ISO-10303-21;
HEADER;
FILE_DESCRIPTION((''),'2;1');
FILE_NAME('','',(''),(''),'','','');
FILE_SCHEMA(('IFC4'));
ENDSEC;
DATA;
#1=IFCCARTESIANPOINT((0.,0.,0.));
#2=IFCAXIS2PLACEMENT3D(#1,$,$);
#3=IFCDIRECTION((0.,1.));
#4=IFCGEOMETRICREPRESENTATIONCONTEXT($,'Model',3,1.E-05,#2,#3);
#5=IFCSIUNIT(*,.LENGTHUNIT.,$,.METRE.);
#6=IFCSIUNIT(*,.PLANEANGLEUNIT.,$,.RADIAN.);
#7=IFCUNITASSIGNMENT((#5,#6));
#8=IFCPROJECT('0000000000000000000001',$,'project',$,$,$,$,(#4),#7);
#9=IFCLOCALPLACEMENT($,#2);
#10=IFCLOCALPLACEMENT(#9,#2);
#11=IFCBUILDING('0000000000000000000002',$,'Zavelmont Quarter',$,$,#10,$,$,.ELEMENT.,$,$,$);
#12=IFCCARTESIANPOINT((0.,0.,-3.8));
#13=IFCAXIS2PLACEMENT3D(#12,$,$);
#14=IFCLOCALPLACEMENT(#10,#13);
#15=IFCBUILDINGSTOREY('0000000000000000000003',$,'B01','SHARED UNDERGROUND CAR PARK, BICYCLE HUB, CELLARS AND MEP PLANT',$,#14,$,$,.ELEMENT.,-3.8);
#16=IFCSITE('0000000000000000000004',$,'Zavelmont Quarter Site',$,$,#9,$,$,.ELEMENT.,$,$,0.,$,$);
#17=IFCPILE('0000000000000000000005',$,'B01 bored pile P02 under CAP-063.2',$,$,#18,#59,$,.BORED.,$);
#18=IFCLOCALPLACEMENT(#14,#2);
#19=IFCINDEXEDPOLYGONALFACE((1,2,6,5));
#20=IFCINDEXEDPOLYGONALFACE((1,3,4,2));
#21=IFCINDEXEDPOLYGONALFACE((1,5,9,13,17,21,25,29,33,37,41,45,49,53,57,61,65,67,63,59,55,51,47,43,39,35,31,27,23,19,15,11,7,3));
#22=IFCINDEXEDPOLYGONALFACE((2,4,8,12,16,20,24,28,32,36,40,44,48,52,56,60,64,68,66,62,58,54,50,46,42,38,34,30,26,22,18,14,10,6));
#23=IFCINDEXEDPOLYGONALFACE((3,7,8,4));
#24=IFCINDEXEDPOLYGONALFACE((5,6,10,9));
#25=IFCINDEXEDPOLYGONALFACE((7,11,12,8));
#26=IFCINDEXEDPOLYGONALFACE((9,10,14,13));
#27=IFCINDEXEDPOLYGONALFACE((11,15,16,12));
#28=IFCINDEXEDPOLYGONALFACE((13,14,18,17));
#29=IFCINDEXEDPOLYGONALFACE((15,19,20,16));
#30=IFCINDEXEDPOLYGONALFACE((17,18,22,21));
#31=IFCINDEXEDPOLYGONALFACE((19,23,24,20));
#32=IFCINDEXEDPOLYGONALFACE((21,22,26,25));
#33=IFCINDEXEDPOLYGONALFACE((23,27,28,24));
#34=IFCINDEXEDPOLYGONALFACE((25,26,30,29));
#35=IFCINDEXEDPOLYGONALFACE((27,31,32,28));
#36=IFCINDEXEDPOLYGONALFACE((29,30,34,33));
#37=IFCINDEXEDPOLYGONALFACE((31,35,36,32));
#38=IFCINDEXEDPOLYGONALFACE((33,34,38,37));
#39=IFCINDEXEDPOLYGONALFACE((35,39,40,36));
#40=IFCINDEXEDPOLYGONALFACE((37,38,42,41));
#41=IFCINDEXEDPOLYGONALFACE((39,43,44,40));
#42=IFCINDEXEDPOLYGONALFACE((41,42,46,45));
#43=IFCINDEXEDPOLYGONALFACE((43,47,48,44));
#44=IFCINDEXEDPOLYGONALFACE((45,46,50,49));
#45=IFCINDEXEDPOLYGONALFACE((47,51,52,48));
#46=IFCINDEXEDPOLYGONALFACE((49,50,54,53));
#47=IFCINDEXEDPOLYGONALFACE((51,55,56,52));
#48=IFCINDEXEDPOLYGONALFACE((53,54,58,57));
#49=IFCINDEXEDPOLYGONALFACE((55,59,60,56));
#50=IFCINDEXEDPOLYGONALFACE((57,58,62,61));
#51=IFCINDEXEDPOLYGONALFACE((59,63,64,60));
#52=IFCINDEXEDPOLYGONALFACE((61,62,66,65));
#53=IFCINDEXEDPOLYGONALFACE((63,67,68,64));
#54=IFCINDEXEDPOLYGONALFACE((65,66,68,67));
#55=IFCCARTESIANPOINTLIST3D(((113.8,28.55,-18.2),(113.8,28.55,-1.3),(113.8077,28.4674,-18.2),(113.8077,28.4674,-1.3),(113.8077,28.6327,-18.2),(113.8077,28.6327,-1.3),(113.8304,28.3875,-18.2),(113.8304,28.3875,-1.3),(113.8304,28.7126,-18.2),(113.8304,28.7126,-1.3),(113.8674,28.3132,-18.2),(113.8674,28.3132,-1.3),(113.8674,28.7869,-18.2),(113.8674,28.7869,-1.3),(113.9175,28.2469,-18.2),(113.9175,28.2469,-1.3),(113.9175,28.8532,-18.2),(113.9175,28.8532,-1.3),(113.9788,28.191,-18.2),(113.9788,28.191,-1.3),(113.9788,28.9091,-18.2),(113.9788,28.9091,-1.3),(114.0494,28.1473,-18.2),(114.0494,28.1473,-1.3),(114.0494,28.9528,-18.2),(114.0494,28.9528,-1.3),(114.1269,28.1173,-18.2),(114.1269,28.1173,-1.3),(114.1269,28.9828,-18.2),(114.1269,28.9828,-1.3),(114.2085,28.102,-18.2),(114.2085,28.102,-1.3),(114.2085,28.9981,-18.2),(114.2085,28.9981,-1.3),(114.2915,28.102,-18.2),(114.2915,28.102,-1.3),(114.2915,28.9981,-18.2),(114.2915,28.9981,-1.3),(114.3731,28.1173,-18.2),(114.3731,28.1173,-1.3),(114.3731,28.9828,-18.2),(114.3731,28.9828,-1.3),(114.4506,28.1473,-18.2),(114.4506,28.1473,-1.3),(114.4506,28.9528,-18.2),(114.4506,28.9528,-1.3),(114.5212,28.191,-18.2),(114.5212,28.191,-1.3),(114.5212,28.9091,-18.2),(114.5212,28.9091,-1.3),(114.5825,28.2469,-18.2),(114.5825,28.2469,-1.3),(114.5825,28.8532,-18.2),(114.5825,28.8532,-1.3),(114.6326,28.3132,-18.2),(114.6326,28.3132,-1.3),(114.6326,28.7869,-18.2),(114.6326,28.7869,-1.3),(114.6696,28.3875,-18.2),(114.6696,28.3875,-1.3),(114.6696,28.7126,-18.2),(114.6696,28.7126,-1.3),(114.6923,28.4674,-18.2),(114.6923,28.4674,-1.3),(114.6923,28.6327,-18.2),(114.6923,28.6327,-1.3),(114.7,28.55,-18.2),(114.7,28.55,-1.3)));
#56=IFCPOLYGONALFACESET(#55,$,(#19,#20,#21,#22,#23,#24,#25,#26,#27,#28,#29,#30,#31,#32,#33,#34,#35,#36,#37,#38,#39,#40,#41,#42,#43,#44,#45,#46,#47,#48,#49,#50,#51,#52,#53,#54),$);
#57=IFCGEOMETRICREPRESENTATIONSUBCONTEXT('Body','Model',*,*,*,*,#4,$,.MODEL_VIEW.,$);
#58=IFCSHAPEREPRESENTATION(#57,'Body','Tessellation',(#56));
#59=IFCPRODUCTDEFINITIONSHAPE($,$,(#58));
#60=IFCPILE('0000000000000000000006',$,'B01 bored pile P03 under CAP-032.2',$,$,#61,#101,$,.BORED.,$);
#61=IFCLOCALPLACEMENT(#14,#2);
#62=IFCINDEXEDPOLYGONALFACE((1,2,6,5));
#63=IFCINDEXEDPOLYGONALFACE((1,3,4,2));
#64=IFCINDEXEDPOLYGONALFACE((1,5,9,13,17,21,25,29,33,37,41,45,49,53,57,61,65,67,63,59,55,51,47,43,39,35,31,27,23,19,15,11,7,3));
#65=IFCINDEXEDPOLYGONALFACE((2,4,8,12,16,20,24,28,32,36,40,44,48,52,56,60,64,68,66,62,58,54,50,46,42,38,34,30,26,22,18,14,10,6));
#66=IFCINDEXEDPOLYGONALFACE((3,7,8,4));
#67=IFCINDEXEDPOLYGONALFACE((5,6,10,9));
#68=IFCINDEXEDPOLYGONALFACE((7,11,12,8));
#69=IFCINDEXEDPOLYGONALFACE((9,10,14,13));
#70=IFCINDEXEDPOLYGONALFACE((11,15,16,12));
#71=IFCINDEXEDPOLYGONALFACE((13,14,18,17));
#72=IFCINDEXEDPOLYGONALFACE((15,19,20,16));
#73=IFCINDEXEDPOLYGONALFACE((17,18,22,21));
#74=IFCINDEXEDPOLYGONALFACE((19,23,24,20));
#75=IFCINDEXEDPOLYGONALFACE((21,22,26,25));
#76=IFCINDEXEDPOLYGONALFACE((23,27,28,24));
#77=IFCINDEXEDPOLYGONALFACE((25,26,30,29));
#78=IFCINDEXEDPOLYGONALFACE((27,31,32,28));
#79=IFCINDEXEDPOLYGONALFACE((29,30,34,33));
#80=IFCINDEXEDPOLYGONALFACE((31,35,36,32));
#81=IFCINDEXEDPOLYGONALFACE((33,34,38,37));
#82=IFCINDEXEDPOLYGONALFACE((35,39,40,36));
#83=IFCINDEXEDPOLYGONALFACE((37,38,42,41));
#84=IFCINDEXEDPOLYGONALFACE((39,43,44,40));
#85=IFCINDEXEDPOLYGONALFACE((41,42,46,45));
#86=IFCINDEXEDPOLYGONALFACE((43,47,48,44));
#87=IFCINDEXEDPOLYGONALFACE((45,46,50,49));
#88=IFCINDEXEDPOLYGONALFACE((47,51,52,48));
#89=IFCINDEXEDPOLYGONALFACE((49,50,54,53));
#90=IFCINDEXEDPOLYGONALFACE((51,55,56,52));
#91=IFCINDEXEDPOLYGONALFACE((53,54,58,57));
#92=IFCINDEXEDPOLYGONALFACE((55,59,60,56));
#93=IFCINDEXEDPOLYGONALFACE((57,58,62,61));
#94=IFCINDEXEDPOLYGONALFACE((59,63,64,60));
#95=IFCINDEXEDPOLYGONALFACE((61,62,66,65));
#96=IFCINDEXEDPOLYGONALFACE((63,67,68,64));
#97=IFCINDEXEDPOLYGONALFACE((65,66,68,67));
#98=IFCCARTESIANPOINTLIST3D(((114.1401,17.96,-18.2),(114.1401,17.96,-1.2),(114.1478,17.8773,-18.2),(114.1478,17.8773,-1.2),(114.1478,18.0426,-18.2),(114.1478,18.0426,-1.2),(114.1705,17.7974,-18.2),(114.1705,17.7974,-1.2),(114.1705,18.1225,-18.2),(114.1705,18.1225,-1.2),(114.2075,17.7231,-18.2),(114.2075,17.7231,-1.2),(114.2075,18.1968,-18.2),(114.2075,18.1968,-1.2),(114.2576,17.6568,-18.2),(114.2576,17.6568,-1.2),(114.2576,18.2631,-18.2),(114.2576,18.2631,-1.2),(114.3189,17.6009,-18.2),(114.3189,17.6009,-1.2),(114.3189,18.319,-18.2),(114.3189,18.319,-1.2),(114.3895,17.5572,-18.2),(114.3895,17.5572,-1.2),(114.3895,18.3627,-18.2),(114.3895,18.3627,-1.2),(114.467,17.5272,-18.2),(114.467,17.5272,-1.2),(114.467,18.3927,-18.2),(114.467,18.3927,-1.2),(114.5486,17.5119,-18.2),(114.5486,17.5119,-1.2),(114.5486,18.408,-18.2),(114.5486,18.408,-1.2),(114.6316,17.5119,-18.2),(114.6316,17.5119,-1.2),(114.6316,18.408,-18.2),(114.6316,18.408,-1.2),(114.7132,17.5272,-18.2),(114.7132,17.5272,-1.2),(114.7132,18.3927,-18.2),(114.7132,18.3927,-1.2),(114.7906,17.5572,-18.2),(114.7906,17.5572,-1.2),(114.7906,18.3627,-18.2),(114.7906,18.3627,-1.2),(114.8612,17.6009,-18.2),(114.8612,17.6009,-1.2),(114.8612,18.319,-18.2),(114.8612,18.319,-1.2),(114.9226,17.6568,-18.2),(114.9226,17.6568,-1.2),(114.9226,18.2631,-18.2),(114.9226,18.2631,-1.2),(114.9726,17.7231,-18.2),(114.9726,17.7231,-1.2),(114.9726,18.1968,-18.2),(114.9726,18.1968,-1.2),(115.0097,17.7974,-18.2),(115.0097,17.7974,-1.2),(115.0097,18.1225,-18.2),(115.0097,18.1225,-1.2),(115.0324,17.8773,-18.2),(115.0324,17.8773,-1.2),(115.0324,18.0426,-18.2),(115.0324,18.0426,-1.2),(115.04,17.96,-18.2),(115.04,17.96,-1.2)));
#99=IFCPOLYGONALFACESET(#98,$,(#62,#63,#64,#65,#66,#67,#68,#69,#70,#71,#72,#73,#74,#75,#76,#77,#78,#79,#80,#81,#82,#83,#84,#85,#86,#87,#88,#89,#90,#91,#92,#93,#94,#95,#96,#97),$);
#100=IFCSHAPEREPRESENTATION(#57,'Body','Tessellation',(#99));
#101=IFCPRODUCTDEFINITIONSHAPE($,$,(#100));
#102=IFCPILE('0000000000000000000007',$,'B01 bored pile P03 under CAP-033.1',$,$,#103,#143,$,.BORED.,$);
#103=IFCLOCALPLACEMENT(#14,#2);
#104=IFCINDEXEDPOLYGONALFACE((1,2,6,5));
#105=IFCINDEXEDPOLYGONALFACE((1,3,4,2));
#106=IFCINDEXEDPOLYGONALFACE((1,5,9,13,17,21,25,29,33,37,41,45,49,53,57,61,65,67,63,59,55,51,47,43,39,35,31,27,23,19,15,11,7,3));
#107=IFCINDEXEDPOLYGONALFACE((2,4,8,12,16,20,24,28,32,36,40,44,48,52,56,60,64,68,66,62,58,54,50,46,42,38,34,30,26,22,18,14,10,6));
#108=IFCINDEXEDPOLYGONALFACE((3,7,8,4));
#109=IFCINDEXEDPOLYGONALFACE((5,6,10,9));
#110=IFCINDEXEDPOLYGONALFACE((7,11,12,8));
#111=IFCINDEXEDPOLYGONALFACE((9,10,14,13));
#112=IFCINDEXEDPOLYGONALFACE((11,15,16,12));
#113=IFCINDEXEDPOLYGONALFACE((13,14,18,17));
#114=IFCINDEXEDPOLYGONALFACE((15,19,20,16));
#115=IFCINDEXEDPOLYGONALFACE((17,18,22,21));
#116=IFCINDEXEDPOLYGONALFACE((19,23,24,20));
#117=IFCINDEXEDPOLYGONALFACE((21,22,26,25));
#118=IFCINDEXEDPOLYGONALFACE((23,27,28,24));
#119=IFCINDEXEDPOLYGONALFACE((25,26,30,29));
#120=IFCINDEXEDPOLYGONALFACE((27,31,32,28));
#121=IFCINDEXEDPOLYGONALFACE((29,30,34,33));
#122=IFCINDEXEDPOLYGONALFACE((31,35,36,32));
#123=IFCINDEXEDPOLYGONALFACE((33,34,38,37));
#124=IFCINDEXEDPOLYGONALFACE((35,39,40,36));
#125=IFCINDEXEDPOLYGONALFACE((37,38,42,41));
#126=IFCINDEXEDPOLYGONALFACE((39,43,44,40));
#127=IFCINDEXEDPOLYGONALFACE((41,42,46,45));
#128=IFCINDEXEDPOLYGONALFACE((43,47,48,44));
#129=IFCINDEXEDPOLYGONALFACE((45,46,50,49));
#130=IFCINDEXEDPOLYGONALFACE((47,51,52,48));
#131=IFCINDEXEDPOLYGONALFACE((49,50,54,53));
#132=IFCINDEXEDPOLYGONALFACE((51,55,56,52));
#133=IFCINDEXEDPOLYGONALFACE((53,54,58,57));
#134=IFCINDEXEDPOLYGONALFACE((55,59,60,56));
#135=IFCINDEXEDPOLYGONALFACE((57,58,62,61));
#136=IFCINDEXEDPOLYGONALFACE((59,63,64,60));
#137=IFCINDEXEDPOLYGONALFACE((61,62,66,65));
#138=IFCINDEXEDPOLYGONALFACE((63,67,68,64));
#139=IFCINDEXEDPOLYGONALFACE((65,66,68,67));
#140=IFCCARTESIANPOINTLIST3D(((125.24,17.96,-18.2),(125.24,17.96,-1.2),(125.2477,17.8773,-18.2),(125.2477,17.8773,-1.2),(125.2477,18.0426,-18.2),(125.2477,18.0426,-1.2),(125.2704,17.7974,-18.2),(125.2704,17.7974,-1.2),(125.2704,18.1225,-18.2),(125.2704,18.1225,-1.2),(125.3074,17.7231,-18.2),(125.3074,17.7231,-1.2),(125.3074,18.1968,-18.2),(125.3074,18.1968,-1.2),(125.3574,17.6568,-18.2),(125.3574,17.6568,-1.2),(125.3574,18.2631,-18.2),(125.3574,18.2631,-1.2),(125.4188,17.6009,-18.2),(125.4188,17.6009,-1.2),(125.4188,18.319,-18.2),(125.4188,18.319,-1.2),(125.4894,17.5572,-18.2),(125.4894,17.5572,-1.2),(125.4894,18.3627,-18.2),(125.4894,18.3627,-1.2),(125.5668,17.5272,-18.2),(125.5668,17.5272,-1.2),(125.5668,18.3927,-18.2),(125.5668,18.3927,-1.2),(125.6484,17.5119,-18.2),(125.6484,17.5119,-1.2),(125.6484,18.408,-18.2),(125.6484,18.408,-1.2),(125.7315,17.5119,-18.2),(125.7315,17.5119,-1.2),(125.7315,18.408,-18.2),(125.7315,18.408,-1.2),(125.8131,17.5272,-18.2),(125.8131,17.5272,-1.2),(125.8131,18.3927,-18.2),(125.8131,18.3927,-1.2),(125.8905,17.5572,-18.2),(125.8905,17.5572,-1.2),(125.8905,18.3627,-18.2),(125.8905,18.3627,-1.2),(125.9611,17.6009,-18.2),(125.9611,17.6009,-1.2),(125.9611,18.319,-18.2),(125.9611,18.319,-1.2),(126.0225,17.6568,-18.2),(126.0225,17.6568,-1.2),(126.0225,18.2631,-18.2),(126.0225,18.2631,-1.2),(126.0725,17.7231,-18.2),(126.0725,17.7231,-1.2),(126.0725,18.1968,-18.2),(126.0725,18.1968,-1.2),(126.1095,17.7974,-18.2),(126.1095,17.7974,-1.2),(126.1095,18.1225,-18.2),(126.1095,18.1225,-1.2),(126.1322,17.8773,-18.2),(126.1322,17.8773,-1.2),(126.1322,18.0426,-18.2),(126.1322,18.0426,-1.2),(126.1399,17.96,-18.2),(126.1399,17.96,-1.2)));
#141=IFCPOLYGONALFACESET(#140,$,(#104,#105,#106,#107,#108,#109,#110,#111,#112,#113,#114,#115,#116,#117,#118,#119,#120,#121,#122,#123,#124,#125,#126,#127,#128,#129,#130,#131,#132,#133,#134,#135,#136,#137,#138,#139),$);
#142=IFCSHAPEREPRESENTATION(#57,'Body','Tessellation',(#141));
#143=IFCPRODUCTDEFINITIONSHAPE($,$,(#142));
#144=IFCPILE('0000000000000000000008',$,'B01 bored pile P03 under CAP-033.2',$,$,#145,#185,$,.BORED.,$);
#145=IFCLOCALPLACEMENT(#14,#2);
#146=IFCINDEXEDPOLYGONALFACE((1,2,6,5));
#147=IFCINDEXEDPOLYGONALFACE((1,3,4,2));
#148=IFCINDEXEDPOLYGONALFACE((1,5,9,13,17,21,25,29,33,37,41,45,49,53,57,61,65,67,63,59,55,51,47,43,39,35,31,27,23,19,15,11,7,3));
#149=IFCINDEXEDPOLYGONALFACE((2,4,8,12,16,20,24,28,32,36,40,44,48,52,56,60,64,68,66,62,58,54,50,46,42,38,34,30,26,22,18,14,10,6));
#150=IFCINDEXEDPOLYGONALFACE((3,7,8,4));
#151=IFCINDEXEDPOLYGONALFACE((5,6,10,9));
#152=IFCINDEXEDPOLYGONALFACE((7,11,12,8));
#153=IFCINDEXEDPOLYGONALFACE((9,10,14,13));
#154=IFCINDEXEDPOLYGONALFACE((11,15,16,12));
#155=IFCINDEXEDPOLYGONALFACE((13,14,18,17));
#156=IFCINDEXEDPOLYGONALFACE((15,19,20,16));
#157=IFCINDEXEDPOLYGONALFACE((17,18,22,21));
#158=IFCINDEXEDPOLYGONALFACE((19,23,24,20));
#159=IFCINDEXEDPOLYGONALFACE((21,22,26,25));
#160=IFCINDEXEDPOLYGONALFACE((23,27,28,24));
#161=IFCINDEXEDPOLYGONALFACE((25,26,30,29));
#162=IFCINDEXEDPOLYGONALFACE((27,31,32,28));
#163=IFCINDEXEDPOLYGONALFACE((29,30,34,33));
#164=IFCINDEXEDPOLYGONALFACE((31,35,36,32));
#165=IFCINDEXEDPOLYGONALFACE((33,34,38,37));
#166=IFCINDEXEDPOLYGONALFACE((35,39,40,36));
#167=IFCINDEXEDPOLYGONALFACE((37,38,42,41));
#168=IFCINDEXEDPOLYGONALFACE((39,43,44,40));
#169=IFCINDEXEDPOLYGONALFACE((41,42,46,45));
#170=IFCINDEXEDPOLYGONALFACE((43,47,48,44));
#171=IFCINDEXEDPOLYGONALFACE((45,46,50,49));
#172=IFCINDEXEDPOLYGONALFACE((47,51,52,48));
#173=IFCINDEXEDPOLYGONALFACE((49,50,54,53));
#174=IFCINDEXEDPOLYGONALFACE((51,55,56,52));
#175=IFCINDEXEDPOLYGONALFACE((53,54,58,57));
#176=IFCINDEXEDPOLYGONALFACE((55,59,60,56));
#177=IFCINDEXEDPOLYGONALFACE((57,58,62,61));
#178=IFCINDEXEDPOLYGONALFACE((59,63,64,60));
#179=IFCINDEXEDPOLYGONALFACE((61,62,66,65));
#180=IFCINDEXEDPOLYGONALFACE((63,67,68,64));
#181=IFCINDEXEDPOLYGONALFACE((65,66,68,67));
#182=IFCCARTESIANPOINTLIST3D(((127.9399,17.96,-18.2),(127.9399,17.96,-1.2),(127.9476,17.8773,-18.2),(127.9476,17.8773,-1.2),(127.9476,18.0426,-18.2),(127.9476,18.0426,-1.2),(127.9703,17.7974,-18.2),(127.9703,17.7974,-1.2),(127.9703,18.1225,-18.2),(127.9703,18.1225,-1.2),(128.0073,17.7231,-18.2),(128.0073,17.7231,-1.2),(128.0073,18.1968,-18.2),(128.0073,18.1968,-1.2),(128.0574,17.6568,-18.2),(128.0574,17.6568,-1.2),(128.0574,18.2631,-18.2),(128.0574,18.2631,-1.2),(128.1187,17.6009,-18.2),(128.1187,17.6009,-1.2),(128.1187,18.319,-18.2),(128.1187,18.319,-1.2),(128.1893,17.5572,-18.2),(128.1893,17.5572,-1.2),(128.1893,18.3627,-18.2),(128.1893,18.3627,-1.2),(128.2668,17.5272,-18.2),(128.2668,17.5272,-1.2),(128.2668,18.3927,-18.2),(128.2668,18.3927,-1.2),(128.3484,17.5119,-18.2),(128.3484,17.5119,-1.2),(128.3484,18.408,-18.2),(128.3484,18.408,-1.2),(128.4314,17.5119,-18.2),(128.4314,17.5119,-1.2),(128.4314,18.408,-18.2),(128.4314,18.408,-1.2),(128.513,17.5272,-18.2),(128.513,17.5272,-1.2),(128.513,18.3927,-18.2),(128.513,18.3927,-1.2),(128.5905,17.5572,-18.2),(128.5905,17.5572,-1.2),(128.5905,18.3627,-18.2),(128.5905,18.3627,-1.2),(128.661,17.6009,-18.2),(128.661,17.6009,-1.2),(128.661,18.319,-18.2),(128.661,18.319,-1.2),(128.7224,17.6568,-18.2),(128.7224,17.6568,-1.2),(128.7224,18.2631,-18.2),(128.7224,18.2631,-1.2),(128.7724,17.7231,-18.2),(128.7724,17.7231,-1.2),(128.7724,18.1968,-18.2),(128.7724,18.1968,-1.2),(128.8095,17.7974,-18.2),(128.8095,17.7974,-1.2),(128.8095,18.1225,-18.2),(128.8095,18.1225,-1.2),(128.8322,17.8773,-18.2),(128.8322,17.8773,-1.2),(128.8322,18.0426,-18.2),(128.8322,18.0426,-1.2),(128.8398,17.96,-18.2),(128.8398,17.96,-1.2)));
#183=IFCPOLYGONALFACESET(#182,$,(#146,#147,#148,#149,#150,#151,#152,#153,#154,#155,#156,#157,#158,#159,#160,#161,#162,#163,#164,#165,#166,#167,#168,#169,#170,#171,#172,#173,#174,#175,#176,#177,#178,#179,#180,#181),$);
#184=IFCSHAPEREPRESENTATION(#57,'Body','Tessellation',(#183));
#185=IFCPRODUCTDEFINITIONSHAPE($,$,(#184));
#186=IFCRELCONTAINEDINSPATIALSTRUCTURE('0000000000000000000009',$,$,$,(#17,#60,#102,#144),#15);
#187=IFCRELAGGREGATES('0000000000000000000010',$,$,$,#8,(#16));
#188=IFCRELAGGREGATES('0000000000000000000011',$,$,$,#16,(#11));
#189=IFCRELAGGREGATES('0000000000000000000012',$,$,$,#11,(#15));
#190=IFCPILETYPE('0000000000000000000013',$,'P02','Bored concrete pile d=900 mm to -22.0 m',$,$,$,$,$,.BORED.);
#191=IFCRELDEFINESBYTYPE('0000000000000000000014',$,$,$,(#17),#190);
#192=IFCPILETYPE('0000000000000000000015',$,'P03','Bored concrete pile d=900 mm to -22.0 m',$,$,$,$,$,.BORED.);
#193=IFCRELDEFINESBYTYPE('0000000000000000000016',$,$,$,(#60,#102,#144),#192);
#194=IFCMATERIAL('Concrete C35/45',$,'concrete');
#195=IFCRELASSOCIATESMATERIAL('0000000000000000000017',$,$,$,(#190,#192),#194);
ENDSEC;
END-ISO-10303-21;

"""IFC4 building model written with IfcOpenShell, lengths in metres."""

from ifc_helpers import new_model, si_unit, direction, frame, origin, origin_2d, place, context, subcontext, project, spatial, circle, extrude, material, material_profile, profile_set, type_object, element, save


model = new_model("IFC4")

# Units and contexts
model_context = context("Model", 3, precision=1e-05, world=origin(), true_north=direction((0.0, 1.0)))
body_context = subcontext(model_context, "Body", "Model", "MODEL_VIEW")
ifc_project = project(units=[si_unit("LENGTHUNIT", "METRE"), si_unit("PLANEANGLEUNIT", "RADIAN")], contexts=[model_context])

# Site, building, storey
site_placement = place(None, origin())
site = spatial("IfcSite", under=ifc_project, at=site_placement, Name="Zavelmont Quarter Site", CompositionType="ELEMENT", RefElevation=0.0)
building_placement = place(site_placement, origin())
building = spatial("IfcBuilding", under=site, at=building_placement, Name="Zavelmont Quarter", CompositionType="ELEMENT")
storey_placement = place(building_placement, frame((0.0, 0.0, -3.8)))
storey = spatial("IfcBuildingStorey", under=building, at=storey_placement, Name="B01", Description="SHARED UNDERGROUND CAR PARK, BICYCLE HUB, CELLARS AND MEP PLANT", CompositionType="ELEMENT", Elevation=-3.8)

# Shared definitions
ifc_material_1 = material(Name="Concrete C35/45", Category="concrete")

# Piles
ifc_material_profile_1 = material_profile(ifc_material_1, circle(Radius=0.45, at=origin_2d()), Name="BP900")
ifc_profile_set_1 = profile_set([ifc_material_profile_1], Name="Concrete C35/45")
pile_type_1 = type_object("IfcPileType", Name="P02", Description="Bored concrete pile d=900 mm to -22.0 m", PredefinedType="BORED", material=ifc_profile_set_1)
pile_placement = place(storey_placement, frame((114.25, 28.55, -1.3), z_axis=(0.0, 0.0, -1.0), x_axis=(1.0, 0.0, 0.0)))
element("IfcPile", 1, at=pile_placement, inside=storey, type_object=pile_type_1, Name="B01 bored pile P02 under CAP-063.2", PredefinedType="BORED", context=body_context, shape_type="SweptSolid", body=[
    extrude(circle(Radius=0.45, at=origin_2d()), origin(), (0.0, 0.0, 1.0), 16.8999),
])
ifc_material_profile_2 = material_profile(ifc_material_1, circle(Radius=0.45, at=origin_2d()), Name="BP900")
ifc_profile_set_2 = profile_set([ifc_material_profile_2], Name="Concrete C35/45")
pile_type_2 = type_object("IfcPileType", Name="P03", Description="Bored concrete pile d=900 mm to -22.0 m", PredefinedType="BORED", material=ifc_profile_set_2)
for number, where, z_axis, x_axis, name in (
    (2, (114.5901, 17.96, -1.2), (0.0, 0.0, -1.0), (1.0, 0.0, 0.0), "B01 bored pile P03 under CAP-032.2"),
    (3, (125.6899, 17.96, -1.2), (0.0, 0.0, -1.0), (1.0, 0.0, 0.0), "B01 bored pile P03 under CAP-033.1"),
    (4, (128.3899, 17.96, -1.2), (0.0, 0.0, -1.0), (1.0, 0.0, 0.0), "B01 bored pile P03 under CAP-033.2"),
):
    element("IfcPile", number, at=place(storey_placement, frame(where, z_axis=z_axis, x_axis=x_axis)), inside=storey, type_object=pile_type_2, Name=name, PredefinedType="BORED", context=body_context, shape_type="SweptSolid", body=[
        extrude(circle(Radius=0.45, at=origin_2d()), origin(), (0.0, 0.0, 1.0), 17.0),
    ])

save(model, "model.ifc")
